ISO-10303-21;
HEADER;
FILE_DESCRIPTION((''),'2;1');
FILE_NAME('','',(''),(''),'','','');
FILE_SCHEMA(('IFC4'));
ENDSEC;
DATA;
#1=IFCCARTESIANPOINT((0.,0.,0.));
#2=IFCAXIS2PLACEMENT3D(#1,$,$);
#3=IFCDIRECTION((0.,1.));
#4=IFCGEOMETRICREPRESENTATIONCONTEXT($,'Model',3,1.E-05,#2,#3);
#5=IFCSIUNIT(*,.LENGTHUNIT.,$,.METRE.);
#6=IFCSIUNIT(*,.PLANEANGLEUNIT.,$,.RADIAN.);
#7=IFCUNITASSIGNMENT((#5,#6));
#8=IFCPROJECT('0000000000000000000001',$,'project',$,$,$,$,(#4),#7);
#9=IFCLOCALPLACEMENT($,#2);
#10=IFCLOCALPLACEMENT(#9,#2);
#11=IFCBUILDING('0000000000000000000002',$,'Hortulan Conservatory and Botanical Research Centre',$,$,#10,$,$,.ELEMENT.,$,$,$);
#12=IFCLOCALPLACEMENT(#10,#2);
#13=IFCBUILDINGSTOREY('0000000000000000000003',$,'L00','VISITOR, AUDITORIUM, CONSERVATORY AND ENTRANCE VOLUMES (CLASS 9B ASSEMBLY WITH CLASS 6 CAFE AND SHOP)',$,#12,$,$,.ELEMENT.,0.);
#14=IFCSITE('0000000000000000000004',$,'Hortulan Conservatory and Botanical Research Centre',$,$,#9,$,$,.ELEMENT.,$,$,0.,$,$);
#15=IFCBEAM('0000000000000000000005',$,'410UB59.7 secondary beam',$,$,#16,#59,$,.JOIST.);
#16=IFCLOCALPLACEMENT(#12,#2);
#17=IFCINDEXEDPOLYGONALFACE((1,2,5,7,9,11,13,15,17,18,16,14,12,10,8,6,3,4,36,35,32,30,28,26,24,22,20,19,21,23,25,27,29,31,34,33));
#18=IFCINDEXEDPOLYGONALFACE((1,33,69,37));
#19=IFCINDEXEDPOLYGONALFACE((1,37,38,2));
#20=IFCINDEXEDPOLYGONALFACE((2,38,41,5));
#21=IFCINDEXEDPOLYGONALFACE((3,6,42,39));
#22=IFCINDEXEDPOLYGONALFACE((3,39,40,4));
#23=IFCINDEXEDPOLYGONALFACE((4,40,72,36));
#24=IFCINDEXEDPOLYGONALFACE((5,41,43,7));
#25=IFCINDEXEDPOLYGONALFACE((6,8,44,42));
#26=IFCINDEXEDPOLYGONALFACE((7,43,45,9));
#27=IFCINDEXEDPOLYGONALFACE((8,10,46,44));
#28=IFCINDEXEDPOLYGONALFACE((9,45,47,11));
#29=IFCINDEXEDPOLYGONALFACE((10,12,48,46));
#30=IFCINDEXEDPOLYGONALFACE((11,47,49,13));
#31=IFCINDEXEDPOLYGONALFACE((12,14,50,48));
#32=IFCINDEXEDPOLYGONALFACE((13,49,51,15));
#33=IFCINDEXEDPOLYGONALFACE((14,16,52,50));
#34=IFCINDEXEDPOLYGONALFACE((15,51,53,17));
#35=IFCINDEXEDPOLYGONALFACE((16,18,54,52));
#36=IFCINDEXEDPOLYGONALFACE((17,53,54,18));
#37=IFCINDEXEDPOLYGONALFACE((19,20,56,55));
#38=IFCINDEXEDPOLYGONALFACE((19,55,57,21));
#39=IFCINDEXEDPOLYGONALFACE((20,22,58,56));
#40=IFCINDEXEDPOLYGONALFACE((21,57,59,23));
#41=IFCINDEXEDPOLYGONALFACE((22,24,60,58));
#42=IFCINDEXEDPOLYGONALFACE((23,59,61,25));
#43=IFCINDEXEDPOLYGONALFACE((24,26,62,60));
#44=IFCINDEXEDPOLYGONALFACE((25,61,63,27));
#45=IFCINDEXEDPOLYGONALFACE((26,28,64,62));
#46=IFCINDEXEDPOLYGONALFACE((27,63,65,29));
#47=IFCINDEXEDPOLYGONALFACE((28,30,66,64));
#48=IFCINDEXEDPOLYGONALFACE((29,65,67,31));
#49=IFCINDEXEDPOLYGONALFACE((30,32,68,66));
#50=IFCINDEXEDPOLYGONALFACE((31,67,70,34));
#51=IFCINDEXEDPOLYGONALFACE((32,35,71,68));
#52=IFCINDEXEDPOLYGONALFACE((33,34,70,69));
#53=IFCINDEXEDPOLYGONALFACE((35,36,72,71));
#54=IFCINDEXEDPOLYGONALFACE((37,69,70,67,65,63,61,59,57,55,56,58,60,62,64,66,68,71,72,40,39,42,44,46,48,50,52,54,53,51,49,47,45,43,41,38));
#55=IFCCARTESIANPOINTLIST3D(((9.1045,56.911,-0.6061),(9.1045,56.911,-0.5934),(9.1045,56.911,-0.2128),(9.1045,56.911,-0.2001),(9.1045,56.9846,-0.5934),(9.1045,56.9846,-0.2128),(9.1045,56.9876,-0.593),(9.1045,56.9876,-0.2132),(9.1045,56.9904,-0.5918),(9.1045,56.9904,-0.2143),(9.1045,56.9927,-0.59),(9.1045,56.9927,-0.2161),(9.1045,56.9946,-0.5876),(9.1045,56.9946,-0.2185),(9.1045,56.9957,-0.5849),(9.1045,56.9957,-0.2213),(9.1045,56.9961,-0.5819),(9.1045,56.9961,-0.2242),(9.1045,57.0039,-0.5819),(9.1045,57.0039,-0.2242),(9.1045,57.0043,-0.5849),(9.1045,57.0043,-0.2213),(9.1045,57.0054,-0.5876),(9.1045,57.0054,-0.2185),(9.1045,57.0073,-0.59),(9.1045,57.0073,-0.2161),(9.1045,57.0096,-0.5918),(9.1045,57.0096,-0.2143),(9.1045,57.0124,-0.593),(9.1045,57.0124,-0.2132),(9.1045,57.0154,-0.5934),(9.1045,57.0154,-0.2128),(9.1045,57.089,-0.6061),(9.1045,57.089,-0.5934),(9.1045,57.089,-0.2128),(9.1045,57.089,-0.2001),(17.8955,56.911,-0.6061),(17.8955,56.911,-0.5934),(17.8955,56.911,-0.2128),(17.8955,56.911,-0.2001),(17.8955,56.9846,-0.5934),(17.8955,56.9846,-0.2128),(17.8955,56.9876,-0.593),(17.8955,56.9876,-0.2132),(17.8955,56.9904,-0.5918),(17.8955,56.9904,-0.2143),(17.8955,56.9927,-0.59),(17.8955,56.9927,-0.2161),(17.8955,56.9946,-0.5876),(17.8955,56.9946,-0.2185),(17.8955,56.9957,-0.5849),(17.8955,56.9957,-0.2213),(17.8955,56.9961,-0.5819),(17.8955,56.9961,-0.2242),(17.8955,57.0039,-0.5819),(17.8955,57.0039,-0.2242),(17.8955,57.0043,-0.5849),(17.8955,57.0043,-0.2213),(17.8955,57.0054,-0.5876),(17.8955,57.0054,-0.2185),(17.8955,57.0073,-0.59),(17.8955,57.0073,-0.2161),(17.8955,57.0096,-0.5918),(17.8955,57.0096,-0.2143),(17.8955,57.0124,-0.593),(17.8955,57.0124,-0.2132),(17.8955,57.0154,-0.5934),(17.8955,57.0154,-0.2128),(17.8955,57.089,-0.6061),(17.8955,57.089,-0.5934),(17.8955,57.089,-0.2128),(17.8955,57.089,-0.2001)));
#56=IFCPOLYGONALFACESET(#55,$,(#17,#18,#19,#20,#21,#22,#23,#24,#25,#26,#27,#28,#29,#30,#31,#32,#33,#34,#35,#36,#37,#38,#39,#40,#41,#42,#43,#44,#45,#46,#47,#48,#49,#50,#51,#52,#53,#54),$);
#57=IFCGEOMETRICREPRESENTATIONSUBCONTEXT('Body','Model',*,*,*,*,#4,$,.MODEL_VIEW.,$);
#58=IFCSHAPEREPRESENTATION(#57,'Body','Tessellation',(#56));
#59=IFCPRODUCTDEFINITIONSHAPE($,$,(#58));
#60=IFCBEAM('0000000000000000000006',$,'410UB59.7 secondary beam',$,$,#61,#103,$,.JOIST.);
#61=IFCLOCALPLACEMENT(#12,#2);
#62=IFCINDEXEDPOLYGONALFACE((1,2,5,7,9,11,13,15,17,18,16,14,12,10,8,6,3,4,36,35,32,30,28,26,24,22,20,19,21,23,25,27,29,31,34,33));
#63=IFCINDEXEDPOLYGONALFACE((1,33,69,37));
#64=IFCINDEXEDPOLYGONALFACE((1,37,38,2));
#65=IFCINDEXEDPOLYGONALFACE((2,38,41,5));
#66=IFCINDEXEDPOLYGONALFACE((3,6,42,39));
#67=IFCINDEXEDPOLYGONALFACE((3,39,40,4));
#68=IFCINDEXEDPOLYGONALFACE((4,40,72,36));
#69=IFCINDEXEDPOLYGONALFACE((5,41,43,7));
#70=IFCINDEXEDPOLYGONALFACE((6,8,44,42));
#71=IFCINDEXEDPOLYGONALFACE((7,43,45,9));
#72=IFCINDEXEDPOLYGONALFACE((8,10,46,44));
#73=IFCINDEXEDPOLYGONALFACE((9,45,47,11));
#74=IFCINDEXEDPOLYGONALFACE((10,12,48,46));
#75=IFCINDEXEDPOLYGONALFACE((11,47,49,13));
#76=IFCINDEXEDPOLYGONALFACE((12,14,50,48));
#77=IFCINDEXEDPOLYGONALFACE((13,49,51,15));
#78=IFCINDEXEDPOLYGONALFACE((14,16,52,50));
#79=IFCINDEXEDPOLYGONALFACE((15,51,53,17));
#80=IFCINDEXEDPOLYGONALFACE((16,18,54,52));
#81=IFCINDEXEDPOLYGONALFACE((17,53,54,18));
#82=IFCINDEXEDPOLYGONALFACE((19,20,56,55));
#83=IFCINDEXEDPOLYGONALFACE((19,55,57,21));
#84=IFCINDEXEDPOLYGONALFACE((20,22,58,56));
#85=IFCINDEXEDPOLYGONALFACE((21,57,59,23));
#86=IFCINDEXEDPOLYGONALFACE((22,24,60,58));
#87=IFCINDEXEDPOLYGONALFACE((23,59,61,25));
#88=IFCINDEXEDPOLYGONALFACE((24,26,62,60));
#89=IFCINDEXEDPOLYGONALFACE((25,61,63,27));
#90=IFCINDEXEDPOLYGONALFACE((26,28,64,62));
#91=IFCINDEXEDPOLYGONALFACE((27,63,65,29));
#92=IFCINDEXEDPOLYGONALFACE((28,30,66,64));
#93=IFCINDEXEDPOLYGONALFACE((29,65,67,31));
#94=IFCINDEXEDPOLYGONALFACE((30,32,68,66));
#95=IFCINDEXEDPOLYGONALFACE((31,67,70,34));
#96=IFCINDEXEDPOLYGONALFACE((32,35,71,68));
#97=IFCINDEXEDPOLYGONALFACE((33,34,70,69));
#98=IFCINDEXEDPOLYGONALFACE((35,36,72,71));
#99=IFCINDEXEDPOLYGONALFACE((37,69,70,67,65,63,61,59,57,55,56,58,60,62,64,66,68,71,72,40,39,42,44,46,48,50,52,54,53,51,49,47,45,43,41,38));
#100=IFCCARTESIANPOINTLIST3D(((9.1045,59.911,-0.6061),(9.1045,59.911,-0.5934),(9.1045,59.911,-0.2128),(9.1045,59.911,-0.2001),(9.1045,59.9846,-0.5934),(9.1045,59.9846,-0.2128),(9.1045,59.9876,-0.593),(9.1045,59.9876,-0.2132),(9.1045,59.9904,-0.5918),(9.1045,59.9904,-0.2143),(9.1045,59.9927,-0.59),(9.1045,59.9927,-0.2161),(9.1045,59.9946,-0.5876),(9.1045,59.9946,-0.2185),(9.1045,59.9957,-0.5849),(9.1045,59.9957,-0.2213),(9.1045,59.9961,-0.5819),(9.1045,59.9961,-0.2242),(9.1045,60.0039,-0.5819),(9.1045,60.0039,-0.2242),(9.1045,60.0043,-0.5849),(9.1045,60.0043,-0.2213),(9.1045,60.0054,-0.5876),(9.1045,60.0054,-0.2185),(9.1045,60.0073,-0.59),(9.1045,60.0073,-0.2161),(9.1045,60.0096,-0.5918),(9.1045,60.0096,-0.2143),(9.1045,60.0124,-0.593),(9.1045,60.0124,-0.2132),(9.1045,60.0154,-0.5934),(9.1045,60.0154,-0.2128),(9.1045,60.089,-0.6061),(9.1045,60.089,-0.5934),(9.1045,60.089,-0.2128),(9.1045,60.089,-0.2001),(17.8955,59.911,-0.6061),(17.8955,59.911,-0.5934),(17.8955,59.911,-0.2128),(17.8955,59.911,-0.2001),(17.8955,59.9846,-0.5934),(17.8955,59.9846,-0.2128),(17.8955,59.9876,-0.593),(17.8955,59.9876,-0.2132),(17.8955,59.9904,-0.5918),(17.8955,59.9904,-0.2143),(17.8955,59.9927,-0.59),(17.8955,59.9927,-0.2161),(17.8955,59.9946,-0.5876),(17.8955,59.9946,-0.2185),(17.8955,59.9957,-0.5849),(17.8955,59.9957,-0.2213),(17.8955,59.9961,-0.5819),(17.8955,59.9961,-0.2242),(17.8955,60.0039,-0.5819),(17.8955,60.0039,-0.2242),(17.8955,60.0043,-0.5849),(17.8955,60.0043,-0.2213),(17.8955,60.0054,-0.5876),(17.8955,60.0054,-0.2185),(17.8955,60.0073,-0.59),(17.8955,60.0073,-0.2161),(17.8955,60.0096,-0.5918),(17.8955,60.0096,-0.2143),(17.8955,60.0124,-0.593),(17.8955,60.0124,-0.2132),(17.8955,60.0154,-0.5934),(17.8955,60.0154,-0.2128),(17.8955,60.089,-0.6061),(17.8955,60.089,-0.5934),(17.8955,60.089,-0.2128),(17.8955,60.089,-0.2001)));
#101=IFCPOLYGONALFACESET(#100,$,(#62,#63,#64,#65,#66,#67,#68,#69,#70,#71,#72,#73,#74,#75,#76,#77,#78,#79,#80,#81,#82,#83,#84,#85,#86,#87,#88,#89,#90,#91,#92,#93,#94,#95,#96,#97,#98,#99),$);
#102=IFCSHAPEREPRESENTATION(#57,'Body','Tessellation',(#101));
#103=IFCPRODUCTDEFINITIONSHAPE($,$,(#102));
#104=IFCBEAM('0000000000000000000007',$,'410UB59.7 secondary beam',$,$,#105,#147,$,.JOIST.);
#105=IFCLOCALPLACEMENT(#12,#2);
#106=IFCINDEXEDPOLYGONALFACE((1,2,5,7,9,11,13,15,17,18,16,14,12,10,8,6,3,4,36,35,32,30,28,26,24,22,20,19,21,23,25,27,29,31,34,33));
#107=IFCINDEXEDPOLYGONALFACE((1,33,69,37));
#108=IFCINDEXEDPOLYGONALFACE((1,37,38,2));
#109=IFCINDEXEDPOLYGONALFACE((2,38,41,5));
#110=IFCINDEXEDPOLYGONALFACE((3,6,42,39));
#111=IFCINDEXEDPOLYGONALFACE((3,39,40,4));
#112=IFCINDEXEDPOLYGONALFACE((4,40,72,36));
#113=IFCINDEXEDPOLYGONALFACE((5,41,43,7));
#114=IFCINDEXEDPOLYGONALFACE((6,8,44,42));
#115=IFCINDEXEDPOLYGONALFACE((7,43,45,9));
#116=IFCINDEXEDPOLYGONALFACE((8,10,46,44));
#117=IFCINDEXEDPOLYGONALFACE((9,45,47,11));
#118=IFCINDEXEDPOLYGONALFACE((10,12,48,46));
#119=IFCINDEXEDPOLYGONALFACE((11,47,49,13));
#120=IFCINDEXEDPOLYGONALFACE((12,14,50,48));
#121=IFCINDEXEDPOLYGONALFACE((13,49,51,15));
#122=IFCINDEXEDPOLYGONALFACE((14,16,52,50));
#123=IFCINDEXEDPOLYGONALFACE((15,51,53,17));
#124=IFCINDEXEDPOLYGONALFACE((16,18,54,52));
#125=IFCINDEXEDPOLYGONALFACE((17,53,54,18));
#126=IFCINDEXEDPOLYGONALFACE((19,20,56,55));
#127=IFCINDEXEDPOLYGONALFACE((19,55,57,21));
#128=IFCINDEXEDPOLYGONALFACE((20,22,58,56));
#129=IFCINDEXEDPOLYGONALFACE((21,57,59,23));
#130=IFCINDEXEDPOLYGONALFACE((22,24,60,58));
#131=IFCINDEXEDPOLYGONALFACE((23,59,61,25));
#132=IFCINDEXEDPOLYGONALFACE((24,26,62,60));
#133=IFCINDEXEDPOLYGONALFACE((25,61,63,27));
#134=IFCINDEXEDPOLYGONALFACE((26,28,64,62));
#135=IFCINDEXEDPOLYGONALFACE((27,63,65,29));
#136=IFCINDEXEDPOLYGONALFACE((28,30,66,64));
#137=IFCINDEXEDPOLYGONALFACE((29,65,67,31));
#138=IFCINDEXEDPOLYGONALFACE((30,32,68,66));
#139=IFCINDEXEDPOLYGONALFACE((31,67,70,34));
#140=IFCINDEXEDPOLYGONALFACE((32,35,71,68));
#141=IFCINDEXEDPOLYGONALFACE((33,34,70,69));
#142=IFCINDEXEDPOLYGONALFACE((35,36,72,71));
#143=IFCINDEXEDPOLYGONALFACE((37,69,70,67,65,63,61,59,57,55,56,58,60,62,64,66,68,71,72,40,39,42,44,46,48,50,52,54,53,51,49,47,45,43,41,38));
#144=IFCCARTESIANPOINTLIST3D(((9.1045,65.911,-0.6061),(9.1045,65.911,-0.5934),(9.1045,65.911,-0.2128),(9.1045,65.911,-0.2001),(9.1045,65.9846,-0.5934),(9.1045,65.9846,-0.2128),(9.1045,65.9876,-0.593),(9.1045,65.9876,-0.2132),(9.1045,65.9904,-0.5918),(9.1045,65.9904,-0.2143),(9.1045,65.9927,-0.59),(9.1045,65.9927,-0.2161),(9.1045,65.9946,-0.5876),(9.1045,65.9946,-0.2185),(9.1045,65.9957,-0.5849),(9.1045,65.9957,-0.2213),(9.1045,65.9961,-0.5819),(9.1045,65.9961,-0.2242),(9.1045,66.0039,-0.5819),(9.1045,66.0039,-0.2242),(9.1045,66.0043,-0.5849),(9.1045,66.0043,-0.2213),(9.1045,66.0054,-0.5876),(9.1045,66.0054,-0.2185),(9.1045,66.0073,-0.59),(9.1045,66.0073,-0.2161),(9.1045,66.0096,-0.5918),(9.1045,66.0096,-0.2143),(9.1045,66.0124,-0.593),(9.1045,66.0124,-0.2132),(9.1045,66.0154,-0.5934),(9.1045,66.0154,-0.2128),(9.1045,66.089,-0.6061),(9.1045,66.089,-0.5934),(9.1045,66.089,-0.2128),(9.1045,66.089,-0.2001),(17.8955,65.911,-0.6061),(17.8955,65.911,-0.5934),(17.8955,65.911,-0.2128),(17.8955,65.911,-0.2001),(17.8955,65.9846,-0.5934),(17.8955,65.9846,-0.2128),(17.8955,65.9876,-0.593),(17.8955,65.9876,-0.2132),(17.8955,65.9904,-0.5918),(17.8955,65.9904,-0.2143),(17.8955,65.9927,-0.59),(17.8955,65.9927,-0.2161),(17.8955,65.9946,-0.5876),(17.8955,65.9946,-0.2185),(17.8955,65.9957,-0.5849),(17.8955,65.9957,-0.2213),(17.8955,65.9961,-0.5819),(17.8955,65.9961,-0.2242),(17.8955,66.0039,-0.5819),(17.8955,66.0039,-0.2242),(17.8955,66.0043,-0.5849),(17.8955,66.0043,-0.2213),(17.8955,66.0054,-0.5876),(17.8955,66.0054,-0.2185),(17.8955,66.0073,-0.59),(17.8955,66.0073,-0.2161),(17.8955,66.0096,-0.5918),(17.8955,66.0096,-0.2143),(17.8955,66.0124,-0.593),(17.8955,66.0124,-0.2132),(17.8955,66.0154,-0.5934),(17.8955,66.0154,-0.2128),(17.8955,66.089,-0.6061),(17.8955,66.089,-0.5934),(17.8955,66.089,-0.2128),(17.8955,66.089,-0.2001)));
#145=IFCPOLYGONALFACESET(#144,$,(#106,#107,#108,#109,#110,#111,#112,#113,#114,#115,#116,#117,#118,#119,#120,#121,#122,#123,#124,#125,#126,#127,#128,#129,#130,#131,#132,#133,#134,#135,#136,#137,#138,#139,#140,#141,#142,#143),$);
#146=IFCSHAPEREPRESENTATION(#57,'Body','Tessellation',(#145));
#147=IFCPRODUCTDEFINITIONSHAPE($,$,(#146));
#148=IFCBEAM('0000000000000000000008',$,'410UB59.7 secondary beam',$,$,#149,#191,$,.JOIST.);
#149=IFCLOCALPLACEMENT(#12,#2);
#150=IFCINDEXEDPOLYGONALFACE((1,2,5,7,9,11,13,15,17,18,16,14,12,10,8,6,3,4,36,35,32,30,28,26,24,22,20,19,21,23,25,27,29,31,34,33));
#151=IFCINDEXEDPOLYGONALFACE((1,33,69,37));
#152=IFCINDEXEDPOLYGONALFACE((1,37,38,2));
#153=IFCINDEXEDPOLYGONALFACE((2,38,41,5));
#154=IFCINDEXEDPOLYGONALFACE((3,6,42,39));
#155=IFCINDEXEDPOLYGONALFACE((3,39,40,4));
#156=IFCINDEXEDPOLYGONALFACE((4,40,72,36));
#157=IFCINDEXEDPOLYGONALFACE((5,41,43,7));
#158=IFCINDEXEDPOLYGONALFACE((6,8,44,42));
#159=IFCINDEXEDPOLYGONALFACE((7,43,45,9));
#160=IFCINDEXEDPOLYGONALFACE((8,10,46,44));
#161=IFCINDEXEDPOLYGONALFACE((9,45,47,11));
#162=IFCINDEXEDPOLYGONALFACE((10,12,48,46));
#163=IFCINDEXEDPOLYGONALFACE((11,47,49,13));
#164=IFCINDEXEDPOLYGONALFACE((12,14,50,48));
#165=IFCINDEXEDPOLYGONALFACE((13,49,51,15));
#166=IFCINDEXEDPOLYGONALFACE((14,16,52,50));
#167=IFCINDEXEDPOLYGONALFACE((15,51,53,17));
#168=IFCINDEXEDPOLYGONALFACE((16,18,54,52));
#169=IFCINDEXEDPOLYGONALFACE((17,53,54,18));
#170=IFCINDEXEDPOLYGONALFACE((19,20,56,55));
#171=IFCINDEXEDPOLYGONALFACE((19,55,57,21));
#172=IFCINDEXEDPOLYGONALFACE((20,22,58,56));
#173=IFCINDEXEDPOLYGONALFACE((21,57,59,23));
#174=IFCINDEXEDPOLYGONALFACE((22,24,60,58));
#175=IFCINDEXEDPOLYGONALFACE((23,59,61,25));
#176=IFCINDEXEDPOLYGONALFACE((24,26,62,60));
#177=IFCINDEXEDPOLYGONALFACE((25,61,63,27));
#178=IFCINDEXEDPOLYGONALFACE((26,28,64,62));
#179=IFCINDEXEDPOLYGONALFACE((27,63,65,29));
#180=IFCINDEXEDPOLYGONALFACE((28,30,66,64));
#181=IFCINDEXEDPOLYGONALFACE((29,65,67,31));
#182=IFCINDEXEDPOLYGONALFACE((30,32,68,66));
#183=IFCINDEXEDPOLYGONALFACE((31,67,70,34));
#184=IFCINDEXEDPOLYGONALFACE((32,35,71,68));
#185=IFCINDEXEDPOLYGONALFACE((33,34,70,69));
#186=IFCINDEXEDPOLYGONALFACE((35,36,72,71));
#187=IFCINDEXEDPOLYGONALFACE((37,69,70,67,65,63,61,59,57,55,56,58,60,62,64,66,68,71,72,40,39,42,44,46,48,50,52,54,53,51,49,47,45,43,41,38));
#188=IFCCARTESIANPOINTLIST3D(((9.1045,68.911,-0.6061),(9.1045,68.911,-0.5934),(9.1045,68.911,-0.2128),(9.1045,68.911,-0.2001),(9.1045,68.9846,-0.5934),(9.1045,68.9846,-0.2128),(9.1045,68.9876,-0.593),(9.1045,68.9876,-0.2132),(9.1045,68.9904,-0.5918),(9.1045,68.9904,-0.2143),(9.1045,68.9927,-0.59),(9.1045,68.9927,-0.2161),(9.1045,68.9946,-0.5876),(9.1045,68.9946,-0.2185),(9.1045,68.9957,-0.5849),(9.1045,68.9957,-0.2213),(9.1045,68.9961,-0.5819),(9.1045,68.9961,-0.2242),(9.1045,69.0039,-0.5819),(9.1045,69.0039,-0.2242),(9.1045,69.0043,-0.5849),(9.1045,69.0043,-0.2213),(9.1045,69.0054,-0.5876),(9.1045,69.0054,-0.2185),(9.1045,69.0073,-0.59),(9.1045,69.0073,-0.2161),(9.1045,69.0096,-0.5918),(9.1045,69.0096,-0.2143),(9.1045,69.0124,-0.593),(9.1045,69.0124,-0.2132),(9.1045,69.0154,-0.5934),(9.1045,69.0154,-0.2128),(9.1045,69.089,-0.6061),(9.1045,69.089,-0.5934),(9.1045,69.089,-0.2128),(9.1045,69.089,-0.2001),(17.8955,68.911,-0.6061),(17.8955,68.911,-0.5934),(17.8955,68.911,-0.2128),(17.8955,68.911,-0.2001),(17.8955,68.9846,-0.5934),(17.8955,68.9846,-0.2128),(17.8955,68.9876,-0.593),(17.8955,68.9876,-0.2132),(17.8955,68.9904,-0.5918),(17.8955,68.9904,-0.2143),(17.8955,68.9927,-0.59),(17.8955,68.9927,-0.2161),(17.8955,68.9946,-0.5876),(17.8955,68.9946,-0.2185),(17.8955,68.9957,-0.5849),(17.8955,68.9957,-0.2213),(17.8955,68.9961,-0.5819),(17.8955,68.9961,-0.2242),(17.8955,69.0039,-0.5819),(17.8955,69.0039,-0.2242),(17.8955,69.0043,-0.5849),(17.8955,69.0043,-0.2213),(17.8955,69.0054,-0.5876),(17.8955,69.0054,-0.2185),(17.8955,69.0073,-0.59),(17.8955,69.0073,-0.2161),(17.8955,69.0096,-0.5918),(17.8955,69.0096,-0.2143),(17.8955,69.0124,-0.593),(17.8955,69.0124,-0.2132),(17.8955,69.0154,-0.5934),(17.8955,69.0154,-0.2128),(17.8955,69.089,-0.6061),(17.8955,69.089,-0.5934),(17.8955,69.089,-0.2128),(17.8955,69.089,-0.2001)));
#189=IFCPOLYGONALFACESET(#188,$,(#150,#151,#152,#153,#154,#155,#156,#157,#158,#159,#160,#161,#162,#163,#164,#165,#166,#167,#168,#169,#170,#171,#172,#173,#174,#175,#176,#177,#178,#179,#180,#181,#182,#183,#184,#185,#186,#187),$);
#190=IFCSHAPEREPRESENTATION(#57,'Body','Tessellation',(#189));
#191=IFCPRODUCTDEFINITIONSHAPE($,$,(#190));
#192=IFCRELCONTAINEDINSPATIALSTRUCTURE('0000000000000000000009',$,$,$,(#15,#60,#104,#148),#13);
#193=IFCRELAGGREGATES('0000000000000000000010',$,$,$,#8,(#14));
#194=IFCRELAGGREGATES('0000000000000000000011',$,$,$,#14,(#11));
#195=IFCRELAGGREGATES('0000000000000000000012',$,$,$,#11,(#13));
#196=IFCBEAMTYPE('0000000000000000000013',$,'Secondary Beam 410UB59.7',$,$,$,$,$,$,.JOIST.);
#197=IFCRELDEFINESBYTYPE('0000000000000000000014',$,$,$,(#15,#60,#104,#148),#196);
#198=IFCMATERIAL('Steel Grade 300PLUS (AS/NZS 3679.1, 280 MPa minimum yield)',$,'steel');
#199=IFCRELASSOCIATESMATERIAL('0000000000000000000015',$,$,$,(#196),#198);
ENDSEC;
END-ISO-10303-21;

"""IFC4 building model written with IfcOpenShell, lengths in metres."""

from ifc_helpers import new_model, si_unit, direction, frame, origin, origin_2d, place, context, subcontext, project, spatial, i_section, extrude, material, material_profile, profile_set, type_object, element, save


model = new_model("IFC4")

# Units and contexts
model_context = context("Model", 3, precision=1e-05, world=origin(), true_north=direction((0.0, 1.0)))
body_context = subcontext(model_context, "Body", "Model", "MODEL_VIEW")
ifc_project = project(units=[si_unit("LENGTHUNIT", "METRE"), si_unit("PLANEANGLEUNIT", "RADIAN")], contexts=[model_context])

# Site, building, storey
site_placement = place(None, origin())
site = spatial("IfcSite", under=ifc_project, at=site_placement, Name="Hortulan Conservatory and Botanical Research Centre", CompositionType="ELEMENT", RefElevation=0.0)
building_placement = place(site_placement, origin())
building = spatial("IfcBuilding", under=site, at=building_placement, Name="Hortulan Conservatory and Botanical Research Centre", CompositionType="ELEMENT")
storey_placement = place(building_placement, origin())
storey = spatial("IfcBuildingStorey", under=building, at=storey_placement, Name="L00", Description="VISITOR, AUDITORIUM, CONSERVATORY AND ENTRANCE VOLUMES (CLASS 9B ASSEMBLY WITH CLASS 6 CAFE AND SHOP)", CompositionType="ELEMENT", Elevation=0.0)

# Shared definitions
ifc_material_1 = material(Name="Steel Grade 300PLUS (AS/NZS 3679.1, 280 MPa minimum yield)", Category="steel")

# Beams
ifc_material_profile_1 = material_profile(ifc_material_1, i_section(OverallWidth=0.178, OverallDepth=0.406, WebThickness=0.0078, FlangeThickness=0.0127, FilletRadius=0.0115, at=origin_2d()), Name="410UB59.7")
ifc_profile_set_1 = profile_set([ifc_material_profile_1], Name="Steel Grade 300PLUS (AS/NZS 3679.1, 280 MPa minimum yield)")
beam_type_1 = type_object("IfcBeamType", Name="Secondary Beam 410UB59.7", PredefinedType="JOIST", material=ifc_profile_set_1)
for number, where, z_axis, x_axis, name in (
    (1, (9.1045, 57.0, -0.4031), (1.0, 0.0, 0.0), (0.0, 1.0, 0.0), "410UB59.7 secondary beam"),
    (2, (9.1045, 60.0, -0.4031), (1.0, 0.0, 0.0), (0.0, 1.0, 0.0), "410UB59.7 secondary beam"),
    (3, (9.1045, 66.0, -0.4031), (1.0, 0.0, 0.0), (0.0, 1.0, 0.0), "410UB59.7 secondary beam"),
    (4, (9.1045, 69.0, -0.4031), (1.0, 0.0, 0.0), (0.0, 1.0, 0.0), "410UB59.7 secondary beam"),
):
    element("IfcBeam", number, at=place(storey_placement, frame(where, z_axis=z_axis, x_axis=x_axis)), inside=storey, type_object=beam_type_1, Name=name, PredefinedType="JOIST", context=body_context, shape_type="SweptSolid", body=[
        extrude(i_section(OverallWidth=0.178, OverallDepth=0.406, WebThickness=0.0078, FlangeThickness=0.0127, FilletRadius=0.0115, at=origin_2d()), origin(), (0.0, 0.0, 1.0), 8.791),
    ])

save(model, "model.ifc")
